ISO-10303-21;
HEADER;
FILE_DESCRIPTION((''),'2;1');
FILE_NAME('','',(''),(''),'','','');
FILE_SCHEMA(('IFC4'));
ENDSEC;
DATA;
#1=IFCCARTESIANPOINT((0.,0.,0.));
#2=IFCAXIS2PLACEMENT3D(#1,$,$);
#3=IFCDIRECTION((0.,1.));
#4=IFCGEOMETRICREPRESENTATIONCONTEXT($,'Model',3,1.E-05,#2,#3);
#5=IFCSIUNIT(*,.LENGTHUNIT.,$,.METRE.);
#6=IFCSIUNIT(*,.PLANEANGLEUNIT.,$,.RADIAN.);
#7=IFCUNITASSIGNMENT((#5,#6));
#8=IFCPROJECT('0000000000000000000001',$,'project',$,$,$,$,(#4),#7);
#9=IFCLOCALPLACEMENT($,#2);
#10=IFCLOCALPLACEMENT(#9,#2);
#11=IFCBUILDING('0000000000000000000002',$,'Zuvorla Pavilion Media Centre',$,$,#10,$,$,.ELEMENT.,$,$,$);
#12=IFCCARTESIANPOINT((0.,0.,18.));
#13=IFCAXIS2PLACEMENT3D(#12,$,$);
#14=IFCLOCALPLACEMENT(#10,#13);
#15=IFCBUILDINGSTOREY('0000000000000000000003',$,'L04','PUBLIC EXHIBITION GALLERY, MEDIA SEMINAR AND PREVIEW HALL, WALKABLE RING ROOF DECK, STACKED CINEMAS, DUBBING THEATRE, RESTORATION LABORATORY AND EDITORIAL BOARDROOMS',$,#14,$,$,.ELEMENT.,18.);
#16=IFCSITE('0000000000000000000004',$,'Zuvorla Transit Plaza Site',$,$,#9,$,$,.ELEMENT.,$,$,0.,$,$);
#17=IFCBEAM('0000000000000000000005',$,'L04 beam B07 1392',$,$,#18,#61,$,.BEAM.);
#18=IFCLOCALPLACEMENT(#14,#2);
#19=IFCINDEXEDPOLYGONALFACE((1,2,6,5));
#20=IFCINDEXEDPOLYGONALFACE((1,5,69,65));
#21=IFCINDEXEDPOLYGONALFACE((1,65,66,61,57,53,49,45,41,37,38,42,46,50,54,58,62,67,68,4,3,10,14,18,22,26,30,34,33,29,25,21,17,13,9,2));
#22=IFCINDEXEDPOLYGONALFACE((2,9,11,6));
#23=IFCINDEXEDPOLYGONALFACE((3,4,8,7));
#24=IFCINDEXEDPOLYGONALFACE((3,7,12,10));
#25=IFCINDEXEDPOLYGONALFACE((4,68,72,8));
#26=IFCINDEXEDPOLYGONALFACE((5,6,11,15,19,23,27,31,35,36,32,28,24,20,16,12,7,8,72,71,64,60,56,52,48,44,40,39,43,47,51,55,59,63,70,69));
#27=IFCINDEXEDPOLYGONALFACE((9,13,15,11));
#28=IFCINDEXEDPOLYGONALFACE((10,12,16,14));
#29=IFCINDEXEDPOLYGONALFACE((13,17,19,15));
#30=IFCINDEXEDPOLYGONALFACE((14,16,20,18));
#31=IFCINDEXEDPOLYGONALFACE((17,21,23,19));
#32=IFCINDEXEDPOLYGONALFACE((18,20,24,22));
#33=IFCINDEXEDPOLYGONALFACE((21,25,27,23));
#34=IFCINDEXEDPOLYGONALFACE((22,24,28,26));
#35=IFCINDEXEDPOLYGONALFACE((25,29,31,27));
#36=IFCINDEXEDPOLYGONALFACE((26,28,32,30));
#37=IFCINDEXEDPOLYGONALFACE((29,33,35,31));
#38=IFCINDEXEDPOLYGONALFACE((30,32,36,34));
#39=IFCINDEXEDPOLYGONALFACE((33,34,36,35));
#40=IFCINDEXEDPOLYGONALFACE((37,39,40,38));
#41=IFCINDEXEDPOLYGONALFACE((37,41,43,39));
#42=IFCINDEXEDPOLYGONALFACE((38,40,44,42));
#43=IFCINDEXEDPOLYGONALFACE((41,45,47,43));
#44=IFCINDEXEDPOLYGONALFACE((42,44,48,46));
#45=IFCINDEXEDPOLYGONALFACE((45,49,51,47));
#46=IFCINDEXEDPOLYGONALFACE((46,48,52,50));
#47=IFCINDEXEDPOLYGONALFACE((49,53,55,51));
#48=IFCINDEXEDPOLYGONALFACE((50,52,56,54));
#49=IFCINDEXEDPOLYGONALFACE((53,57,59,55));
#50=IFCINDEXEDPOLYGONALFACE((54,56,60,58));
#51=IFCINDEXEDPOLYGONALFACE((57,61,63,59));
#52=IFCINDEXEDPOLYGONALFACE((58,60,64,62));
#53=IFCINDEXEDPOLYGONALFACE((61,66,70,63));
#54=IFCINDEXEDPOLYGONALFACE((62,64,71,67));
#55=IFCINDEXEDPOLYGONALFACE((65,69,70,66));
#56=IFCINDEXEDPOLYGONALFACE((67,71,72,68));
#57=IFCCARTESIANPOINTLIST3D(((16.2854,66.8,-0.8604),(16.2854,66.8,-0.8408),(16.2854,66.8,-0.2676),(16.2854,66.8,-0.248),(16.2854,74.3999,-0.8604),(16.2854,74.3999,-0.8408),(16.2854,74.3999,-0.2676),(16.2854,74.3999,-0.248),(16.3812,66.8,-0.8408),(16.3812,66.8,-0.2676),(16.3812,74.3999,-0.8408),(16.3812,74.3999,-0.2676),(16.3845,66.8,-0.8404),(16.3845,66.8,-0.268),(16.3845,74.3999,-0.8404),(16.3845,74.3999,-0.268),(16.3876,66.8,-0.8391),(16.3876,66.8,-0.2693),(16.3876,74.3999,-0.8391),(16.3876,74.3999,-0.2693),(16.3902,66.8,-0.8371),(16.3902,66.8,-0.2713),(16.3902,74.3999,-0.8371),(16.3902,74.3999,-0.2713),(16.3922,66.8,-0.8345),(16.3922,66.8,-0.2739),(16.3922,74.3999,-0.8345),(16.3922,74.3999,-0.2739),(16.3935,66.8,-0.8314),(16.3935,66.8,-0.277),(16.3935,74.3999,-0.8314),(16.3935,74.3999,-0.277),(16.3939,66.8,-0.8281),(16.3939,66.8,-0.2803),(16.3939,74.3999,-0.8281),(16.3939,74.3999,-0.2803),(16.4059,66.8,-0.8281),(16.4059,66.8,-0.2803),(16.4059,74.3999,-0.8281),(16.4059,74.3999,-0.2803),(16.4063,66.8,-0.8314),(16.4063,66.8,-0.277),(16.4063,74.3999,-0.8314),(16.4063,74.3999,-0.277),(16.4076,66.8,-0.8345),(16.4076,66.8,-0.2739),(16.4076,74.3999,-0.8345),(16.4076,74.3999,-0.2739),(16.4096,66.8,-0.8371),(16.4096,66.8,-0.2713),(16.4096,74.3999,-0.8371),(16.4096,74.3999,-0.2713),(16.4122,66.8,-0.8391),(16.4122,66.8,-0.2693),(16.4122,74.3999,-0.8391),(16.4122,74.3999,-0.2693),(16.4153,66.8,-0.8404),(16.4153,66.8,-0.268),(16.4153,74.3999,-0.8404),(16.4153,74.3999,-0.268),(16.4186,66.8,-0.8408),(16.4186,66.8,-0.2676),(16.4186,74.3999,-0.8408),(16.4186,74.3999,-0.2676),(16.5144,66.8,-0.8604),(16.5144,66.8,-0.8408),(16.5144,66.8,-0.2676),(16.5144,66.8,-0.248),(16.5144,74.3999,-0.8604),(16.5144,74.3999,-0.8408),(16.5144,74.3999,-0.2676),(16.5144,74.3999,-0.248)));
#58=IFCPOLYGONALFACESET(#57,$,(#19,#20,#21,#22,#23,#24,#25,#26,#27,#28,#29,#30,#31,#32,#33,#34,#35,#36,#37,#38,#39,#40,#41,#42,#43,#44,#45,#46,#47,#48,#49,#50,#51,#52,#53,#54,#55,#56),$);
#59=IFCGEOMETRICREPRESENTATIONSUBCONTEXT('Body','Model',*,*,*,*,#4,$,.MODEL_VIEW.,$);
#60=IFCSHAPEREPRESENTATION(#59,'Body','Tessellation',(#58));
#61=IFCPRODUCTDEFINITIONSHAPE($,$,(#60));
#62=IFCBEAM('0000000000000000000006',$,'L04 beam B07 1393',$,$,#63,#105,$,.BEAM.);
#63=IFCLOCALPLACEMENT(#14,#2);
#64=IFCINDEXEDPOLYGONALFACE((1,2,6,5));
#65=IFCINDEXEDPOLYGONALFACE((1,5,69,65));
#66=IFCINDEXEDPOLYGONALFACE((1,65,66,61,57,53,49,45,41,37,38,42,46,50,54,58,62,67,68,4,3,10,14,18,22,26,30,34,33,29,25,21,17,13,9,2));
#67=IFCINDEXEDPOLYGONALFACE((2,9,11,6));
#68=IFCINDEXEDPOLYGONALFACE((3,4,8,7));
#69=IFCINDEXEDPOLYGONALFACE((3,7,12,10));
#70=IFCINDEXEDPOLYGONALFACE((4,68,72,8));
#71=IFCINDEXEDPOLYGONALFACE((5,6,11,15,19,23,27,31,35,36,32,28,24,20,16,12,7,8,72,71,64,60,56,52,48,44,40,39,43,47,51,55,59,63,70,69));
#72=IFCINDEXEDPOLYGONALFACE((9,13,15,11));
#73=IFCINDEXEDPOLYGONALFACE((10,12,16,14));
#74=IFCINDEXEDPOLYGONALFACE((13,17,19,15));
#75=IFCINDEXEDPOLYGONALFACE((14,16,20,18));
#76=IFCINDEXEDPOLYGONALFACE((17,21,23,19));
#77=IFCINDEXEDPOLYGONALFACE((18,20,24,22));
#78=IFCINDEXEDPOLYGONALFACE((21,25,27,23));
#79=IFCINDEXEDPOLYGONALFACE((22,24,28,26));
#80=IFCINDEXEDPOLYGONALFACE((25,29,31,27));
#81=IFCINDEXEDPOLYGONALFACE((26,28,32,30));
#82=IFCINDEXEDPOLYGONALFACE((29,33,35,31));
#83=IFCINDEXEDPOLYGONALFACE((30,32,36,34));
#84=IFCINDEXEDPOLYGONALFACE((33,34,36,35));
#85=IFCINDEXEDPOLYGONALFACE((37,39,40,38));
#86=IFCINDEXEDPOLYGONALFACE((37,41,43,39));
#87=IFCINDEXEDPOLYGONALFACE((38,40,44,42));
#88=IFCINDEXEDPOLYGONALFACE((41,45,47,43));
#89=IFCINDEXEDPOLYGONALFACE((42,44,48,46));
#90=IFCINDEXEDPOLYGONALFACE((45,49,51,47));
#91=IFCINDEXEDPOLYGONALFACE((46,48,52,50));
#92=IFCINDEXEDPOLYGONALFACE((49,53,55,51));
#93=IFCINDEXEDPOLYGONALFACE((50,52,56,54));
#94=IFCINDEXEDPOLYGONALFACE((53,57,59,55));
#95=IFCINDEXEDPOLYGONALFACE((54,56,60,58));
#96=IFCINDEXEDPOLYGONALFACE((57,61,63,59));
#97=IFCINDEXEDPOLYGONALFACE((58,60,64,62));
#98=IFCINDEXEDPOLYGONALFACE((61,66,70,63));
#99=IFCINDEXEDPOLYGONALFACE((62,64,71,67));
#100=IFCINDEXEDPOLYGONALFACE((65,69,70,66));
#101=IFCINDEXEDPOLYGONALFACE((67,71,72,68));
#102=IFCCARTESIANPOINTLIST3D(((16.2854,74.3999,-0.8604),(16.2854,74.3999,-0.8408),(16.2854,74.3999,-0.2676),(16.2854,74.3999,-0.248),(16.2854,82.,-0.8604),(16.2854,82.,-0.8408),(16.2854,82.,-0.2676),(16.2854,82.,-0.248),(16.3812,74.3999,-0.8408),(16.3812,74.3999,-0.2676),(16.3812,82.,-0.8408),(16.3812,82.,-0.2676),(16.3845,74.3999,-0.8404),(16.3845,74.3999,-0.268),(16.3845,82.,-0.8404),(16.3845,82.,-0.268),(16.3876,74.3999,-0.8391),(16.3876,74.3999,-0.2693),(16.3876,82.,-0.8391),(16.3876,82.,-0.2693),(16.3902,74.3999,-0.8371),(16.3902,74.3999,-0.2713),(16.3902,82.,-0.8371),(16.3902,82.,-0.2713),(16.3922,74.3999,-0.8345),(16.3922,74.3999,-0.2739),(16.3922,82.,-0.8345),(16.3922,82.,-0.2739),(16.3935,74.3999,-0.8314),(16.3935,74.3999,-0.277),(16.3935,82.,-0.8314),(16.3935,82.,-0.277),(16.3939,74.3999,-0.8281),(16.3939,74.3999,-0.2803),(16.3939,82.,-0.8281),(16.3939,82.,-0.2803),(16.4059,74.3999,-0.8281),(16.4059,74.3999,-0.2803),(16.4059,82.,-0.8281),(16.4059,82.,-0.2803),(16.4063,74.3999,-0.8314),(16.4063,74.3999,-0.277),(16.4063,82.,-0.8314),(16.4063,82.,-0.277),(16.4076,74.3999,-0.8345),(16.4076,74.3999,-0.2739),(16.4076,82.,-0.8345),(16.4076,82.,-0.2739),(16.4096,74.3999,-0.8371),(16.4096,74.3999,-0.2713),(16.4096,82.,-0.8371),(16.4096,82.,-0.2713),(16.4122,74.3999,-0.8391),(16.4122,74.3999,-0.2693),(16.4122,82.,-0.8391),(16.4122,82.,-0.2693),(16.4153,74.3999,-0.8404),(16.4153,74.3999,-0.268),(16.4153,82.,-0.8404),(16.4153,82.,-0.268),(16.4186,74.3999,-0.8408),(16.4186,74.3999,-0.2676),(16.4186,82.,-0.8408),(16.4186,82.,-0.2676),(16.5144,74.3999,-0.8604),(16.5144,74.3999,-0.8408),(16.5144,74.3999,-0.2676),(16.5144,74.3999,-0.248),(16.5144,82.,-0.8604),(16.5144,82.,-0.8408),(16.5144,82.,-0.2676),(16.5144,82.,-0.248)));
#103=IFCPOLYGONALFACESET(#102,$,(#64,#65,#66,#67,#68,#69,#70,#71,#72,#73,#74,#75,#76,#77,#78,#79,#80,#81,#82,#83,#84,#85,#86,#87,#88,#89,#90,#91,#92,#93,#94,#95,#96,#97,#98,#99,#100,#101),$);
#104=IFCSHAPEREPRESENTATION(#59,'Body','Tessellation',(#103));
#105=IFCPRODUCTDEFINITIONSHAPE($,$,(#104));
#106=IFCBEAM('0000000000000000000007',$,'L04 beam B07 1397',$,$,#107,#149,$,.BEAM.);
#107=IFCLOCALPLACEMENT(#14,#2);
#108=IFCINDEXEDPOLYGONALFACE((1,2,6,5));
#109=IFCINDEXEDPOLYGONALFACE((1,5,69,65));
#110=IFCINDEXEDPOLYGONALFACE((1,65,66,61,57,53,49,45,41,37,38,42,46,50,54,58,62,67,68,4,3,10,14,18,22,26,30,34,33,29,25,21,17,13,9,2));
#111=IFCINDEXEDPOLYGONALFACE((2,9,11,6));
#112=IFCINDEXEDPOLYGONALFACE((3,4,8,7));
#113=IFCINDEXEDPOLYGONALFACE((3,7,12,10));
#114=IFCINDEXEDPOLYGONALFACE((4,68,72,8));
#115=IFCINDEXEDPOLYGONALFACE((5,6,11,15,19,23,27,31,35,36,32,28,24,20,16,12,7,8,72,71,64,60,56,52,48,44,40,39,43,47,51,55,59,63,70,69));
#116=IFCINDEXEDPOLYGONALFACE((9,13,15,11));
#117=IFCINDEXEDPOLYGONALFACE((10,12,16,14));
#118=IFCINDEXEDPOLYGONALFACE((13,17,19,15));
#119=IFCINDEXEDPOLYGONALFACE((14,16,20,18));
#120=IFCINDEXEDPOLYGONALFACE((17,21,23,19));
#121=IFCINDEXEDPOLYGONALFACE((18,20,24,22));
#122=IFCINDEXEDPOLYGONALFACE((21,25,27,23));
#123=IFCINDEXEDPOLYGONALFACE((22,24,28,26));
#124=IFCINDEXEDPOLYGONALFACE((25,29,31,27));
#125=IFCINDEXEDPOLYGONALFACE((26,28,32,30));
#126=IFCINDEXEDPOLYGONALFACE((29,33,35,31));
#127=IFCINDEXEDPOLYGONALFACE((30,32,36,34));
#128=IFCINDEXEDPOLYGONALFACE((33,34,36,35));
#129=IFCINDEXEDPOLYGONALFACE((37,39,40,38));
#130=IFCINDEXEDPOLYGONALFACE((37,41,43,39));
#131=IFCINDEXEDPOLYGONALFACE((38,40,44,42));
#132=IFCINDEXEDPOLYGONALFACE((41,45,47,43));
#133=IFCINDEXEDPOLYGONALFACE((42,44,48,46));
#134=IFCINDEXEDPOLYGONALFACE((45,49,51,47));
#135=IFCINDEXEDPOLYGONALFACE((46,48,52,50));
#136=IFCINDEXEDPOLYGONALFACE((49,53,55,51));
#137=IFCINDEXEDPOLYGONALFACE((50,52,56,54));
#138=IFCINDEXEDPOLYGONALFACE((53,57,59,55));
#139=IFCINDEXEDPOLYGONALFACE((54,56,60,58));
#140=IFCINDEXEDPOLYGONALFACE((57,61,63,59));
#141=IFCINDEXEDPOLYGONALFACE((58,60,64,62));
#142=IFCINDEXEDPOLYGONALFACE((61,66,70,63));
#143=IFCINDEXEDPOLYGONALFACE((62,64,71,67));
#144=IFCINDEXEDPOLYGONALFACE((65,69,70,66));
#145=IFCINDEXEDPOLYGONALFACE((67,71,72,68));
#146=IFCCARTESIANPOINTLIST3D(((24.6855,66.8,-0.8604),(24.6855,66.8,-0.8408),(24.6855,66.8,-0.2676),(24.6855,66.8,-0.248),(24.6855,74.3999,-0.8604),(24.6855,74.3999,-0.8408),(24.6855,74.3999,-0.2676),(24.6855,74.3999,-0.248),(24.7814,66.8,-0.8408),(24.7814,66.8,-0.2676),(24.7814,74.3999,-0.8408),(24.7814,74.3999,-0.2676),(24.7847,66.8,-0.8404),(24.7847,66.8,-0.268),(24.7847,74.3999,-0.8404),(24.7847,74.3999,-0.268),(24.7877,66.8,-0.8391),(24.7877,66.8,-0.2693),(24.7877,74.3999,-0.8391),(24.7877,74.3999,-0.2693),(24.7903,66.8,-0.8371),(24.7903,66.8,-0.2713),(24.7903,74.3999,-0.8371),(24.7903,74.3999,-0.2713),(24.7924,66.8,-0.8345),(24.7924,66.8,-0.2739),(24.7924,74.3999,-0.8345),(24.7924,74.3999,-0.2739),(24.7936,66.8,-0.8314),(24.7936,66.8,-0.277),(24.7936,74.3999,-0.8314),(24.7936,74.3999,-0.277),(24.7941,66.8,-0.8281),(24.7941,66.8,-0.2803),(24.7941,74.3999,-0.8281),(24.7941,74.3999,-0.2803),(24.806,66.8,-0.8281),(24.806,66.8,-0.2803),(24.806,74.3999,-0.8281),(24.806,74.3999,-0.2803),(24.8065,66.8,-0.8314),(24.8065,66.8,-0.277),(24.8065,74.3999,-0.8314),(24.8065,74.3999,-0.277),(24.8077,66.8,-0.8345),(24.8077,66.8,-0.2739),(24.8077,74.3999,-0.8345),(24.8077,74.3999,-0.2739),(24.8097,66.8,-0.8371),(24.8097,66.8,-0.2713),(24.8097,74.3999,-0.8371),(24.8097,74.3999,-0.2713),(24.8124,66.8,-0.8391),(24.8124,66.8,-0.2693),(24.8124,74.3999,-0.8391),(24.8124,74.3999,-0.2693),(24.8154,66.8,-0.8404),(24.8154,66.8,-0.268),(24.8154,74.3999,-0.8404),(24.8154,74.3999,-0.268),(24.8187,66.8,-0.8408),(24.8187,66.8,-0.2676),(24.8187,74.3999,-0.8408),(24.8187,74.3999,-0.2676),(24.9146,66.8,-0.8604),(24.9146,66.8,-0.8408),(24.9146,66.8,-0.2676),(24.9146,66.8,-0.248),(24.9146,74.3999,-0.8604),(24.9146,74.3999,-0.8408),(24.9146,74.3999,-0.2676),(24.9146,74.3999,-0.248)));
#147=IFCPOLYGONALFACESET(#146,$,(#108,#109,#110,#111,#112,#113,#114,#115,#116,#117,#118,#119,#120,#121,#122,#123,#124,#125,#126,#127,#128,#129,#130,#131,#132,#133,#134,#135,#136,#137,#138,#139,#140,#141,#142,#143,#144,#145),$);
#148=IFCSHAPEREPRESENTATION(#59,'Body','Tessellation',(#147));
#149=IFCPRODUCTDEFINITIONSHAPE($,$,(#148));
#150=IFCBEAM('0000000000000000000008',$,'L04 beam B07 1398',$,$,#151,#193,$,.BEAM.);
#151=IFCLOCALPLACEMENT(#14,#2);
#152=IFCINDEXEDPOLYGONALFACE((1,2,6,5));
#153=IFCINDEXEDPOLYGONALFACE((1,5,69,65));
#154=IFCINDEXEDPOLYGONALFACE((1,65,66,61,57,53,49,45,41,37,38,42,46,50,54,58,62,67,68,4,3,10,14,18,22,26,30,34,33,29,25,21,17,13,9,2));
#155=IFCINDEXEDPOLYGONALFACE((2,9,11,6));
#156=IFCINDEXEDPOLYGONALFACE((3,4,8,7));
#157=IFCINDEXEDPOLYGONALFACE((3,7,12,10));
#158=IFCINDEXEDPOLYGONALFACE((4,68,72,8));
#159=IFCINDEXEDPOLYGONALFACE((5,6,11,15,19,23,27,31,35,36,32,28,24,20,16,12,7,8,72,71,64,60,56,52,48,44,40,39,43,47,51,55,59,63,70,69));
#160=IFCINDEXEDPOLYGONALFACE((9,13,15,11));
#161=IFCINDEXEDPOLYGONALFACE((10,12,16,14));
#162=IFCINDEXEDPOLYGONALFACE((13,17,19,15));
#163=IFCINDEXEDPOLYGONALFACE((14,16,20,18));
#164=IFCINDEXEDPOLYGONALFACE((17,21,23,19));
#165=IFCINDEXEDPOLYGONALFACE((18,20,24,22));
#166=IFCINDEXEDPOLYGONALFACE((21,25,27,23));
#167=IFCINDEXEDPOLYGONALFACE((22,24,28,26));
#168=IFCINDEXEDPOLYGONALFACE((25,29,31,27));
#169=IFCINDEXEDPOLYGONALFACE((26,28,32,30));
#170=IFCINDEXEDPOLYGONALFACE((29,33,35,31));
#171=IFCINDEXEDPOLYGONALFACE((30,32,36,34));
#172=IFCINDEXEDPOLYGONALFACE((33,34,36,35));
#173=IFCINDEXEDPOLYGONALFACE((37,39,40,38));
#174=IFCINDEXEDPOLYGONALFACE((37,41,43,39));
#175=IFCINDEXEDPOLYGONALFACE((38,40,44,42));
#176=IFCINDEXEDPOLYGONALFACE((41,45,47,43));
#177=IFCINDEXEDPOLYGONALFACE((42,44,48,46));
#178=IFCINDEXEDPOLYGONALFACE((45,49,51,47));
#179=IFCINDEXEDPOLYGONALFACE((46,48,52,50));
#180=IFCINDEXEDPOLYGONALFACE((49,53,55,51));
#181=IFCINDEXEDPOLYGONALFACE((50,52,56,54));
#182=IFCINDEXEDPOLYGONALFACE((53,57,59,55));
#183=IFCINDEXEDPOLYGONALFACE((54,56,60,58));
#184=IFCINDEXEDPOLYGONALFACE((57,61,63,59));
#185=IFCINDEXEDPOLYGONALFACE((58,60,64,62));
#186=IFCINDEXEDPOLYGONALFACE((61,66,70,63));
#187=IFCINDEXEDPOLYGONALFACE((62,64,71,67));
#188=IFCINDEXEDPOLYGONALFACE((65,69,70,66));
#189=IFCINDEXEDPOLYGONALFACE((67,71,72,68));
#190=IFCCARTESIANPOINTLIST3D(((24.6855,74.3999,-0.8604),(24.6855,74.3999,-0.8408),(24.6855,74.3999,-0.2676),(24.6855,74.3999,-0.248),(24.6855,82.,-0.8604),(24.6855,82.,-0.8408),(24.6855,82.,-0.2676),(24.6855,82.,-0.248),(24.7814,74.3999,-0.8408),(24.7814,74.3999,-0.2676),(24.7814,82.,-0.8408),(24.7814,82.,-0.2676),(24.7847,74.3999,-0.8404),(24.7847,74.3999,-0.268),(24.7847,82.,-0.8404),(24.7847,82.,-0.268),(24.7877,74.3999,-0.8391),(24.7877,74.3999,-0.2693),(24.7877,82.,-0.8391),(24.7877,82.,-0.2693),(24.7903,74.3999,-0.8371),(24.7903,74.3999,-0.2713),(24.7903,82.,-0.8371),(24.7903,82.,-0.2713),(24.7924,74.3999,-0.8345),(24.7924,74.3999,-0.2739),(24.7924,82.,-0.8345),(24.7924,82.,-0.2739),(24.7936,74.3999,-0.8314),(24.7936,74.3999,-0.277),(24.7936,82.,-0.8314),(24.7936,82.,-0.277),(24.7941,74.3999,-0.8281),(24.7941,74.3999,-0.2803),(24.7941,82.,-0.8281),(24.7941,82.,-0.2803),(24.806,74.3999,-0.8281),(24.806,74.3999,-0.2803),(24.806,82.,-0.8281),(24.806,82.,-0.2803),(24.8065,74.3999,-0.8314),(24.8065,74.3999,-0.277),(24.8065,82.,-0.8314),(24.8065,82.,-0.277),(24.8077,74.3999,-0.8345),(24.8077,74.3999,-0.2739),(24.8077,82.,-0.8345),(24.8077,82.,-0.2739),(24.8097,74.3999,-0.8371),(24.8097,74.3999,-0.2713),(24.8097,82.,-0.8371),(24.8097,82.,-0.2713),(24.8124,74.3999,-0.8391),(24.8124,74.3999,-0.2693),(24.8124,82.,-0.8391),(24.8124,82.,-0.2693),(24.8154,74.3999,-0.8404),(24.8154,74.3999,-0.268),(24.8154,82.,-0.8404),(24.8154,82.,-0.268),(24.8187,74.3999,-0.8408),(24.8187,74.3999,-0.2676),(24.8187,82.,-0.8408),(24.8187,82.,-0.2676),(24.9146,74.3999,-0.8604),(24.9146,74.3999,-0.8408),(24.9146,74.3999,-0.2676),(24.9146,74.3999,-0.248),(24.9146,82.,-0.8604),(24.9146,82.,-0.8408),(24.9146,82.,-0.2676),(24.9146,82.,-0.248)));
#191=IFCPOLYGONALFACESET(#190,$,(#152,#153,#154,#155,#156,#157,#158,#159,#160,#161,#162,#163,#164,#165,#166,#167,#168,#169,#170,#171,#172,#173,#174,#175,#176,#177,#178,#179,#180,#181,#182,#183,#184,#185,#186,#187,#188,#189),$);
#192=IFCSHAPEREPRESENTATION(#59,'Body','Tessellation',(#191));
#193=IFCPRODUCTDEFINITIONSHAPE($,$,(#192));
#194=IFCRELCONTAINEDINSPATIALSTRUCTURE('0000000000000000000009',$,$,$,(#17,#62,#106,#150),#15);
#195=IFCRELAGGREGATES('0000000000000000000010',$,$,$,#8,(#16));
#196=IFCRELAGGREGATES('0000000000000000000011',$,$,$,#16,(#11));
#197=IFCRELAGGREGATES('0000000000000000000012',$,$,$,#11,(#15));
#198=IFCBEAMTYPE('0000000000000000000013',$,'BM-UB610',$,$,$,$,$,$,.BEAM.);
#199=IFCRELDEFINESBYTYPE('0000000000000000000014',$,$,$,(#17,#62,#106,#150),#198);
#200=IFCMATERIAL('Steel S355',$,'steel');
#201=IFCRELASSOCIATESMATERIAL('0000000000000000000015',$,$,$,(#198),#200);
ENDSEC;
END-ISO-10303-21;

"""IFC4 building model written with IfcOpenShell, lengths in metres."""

from ifc_helpers import new_model, si_unit, direction, frame, origin, origin_2d, place, context, subcontext, project, spatial, i_section, extrude, material, material_profile, profile_set, type_object, element, save


model = new_model("IFC4")

# Units and contexts
model_context = context("Model", 3, precision=1e-05, world=origin(), true_north=direction((0.0, 1.0)))
body_context = subcontext(model_context, "Body", "Model", "MODEL_VIEW")
ifc_project = project(units=[si_unit("LENGTHUNIT", "METRE"), si_unit("PLANEANGLEUNIT", "RADIAN")], contexts=[model_context])

# Site, building, storey
site_placement = place(None, origin())
site = spatial("IfcSite", under=ifc_project, at=site_placement, Name="Zuvorla Transit Plaza Site", CompositionType="ELEMENT", RefElevation=0.0)
building_placement = place(site_placement, origin())
building = spatial("IfcBuilding", under=site, at=building_placement, Name="Zuvorla Pavilion Media Centre", CompositionType="ELEMENT")
storey_placement = place(building_placement, frame((0.0, 0.0, 18.0)))
storey = spatial("IfcBuildingStorey", under=building, at=storey_placement, Name="L04", Description="PUBLIC EXHIBITION GALLERY, MEDIA SEMINAR AND PREVIEW HALL, WALKABLE RING ROOF DECK, STACKED CINEMAS, DUBBING THEATRE, RESTORATION LABORATORY AND EDITORIAL BOARDROOMS", CompositionType="ELEMENT", Elevation=18.0)

# Beams
ifc_material = material(Name="Steel S355", Category="steel")
ifc_material_profile_1 = material_profile(ifc_material, i_section(OverallWidth=0.229, OverallDepth=0.6123, WebThickness=0.012, FlangeThickness=0.0195, FilletRadius=0.0127, at=origin_2d()), Name="UB 610x229x125")
ifc_profile_set_1 = profile_set([ifc_material_profile_1], Name="Steel S355")
beam_type_1 = type_object("IfcBeamType", Name="BM-UB610", PredefinedType="BEAM", material=ifc_profile_set_1)
beam_1_placement = place(storey_placement, frame((16.3999, 66.8, -0.5542), z_axis=(0.0, 1.0, 0.0), x_axis=(-1.0, 0.0, 0.0)))
element("IfcBeam", 1, at=beam_1_placement, inside=storey, type_object=beam_type_1, Name="L04 beam B07 1392", PredefinedType="BEAM", context=body_context, shape_type="SweptSolid", body=[
    extrude(i_section(OverallWidth=0.229, OverallDepth=0.6123, WebThickness=0.012, FlangeThickness=0.0195, FilletRadius=0.0127, at=origin_2d()), origin(), (0.0, 0.0, 1.0), 7.5999),
])
beam_2_placement = place(storey_placement, frame((16.3999, 74.3999, -0.5542), z_axis=(0.0, 1.0, 0.0), x_axis=(-1.0, 0.0, 0.0)))
element("IfcBeam", 2, at=beam_2_placement, inside=storey, type_object=beam_type_1, Name="L04 beam B07 1393", PredefinedType="BEAM", context=body_context, shape_type="SweptSolid", body=[
    extrude(i_section(OverallWidth=0.229, OverallDepth=0.6123, WebThickness=0.012, FlangeThickness=0.0195, FilletRadius=0.0127, at=origin_2d()), origin(), (0.0, 0.0, 1.0), 7.6001),
])
beam_3_placement = place(storey_placement, frame((24.8, 66.8, -0.5542), z_axis=(0.0, 1.0, 0.0), x_axis=(-1.0, 0.0, 0.0)))
element("IfcBeam", 3, at=beam_3_placement, inside=storey, type_object=beam_type_1, Name="L04 beam B07 1397", PredefinedType="BEAM", context=body_context, shape_type="SweptSolid", body=[
    extrude(i_section(OverallWidth=0.229, OverallDepth=0.6123, WebThickness=0.012, FlangeThickness=0.0195, FilletRadius=0.0127, at=origin_2d()), origin(), (0.0, 0.0, 1.0), 7.5999),
])
for number, where, z_axis, x_axis, name in (
    (4, (24.8, 74.3999, -0.5542), (0.0, 1.0, 0.0), (-1.0, 0.0, 0.0), "L04 beam B07 1398"),
):
    element("IfcBeam", number, at=place(storey_placement, frame(where, z_axis=z_axis, x_axis=x_axis)), inside=storey, type_object=beam_type_1, Name=name, PredefinedType="BEAM", context=body_context, shape_type="SweptSolid", body=[
        extrude(i_section(OverallWidth=0.229, OverallDepth=0.6123, WebThickness=0.012, FlangeThickness=0.0195, FilletRadius=0.0127, at=origin_2d()), origin(), (0.0, 0.0, 1.0), 7.6001),
    ])

save(model, "model.ifc")
